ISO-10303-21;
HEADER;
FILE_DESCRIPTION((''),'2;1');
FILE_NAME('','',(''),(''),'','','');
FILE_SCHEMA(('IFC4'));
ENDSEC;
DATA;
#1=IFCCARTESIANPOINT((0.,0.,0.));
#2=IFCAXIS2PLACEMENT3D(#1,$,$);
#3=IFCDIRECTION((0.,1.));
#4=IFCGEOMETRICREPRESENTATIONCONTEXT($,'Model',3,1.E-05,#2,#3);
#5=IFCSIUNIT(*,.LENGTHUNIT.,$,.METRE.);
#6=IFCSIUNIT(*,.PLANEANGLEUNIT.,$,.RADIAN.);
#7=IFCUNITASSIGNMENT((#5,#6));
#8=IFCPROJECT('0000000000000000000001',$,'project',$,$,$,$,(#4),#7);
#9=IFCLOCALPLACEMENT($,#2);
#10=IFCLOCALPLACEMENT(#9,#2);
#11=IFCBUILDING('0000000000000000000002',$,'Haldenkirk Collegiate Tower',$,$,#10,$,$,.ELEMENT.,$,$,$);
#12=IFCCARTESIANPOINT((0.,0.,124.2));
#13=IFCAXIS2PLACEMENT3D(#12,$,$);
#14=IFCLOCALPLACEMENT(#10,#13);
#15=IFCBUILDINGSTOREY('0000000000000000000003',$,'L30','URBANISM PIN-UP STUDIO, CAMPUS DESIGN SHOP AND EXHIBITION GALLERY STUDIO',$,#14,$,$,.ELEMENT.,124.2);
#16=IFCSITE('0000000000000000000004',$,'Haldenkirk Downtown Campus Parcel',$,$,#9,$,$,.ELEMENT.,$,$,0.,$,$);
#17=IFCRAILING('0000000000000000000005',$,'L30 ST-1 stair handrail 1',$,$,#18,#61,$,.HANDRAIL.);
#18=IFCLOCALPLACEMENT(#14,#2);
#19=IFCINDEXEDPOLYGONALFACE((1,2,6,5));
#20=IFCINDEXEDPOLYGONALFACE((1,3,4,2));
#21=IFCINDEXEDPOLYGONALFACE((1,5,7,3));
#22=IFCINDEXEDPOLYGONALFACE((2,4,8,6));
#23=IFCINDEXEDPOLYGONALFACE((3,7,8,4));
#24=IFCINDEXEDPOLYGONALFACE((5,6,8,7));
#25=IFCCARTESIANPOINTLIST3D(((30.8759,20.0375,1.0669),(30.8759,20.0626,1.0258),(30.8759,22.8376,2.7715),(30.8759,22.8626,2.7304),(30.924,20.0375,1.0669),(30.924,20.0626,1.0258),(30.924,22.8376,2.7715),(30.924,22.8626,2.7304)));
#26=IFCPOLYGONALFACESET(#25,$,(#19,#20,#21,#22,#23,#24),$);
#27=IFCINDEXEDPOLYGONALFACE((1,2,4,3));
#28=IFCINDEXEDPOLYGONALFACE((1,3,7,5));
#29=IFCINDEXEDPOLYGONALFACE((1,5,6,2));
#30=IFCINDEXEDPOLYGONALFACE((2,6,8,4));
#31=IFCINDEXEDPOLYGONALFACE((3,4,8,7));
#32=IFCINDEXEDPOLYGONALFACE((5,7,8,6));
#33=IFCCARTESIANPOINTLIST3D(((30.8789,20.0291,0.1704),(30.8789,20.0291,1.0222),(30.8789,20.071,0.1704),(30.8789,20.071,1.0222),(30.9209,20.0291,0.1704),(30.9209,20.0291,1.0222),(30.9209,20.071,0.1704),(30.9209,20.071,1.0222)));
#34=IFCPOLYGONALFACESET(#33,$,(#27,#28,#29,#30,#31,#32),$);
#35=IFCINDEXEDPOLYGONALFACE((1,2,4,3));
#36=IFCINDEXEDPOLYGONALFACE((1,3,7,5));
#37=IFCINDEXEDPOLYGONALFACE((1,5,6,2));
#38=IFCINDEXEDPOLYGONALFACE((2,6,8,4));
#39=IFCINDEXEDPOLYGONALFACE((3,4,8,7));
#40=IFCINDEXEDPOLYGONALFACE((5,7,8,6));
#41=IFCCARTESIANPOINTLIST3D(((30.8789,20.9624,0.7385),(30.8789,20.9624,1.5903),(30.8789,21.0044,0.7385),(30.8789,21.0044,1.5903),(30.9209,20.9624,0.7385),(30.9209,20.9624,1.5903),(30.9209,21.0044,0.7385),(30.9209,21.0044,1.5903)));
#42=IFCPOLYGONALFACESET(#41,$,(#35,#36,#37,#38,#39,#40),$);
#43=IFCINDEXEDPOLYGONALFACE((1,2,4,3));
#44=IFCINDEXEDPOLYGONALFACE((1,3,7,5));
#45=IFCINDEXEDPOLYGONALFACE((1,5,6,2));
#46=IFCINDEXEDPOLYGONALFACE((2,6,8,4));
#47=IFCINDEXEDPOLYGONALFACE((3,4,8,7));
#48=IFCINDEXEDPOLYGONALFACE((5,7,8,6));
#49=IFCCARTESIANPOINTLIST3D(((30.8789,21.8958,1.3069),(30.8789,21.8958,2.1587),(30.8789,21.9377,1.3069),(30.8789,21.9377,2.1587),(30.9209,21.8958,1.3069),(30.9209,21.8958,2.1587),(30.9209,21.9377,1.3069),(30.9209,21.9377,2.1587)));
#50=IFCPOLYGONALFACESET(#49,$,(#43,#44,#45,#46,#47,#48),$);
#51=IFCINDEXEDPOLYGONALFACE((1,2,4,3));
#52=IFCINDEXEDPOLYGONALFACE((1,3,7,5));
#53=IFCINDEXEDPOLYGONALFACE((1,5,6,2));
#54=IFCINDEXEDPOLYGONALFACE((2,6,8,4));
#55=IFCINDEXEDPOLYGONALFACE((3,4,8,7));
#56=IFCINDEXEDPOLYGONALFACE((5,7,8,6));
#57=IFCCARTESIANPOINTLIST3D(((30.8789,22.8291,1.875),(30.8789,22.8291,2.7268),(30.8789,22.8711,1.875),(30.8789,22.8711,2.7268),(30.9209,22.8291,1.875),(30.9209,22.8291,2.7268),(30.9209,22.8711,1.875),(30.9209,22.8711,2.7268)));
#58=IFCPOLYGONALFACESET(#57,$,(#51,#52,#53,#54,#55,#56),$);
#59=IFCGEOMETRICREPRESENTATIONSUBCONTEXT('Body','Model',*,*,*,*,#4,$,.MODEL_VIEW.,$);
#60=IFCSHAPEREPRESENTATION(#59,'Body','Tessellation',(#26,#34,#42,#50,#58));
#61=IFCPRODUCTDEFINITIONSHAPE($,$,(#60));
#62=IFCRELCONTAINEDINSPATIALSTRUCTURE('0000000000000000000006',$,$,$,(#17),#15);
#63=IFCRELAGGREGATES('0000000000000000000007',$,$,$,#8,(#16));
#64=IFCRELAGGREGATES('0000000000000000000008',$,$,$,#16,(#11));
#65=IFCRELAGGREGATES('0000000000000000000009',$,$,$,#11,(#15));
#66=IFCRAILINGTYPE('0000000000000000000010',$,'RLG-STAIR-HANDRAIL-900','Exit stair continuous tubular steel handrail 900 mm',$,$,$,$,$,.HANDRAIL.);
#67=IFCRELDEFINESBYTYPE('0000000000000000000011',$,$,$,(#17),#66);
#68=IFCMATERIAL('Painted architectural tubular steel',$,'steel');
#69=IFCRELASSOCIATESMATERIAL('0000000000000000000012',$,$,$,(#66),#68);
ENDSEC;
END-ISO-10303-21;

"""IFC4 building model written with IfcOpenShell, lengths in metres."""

from ifc_helpers import new_model, si_unit, direction, frame, origin, origin_2d, place, context, subcontext, project, spatial, rectangle, extrude, material, type_object, element, save


model = new_model("IFC4")

# Units and contexts
model_context = context("Model", 3, precision=1e-05, world=origin(), true_north=direction((0.0, 1.0)))
body_context = subcontext(model_context, "Body", "Model", "MODEL_VIEW")
ifc_project = project(units=[si_unit("LENGTHUNIT", "METRE"), si_unit("PLANEANGLEUNIT", "RADIAN")], contexts=[model_context])

# Site, building, storey
site_placement = place(None, origin())
site = spatial("IfcSite", under=ifc_project, at=site_placement, Name="Haldenkirk Downtown Campus Parcel", CompositionType="ELEMENT", RefElevation=0.0)
building_placement = place(site_placement, origin())
building = spatial("IfcBuilding", under=site, at=building_placement, Name="Haldenkirk Collegiate Tower", CompositionType="ELEMENT")
storey_placement = place(building_placement, frame((0.0, 0.0, 124.2)))
storey = spatial("IfcBuildingStorey", under=building, at=storey_placement, Name="L30", Description="URBANISM PIN-UP STUDIO, CAMPUS DESIGN SHOP AND EXHIBITION GALLERY STUDIO", CompositionType="ELEMENT", Elevation=124.2)

# Railing
ifc_material_1 = material(Name="Painted architectural tubular steel", Category="steel")
railing_type_1 = type_object("IfcRailingType", Name="RLG-STAIR-HANDRAIL-900", Description="Exit stair continuous tubular steel handrail 900 mm", PredefinedType="HANDRAIL", material=ifc_material_1)
railing_1_placement = place(storey_placement, frame((30.8999, 20.05, 0.1704)))
element("IfcRailing", 1, at=railing_1_placement, inside=storey, type_object=railing_type_1, Name="L30 ST-1 stair handrail 1", PredefinedType="HANDRAIL", context=body_context, shape_type="SweptSolid", body=[
    extrude(rectangle(XDim=0.0481, YDim=0.0481, at=origin_2d()), frame((0.0, 0.0, 0.876), z_axis=(0.0, 0.85417, 0.519994), x_axis=(-1.0, 0.0, 0.0)), (0.0, 0.0, 1.0), 3.2781),
    extrude(rectangle(XDim=0.042, YDim=0.042, at=origin_2d()), origin(), (0.0, 0.0, 1.0), 0.8518),
    extrude(rectangle(XDim=0.042, YDim=0.042, at=origin_2d()), frame((0.0, 0.9333, 0.5681)), (0.0, 0.0, 1.0), 0.8518),
    extrude(rectangle(XDim=0.042, YDim=0.042, at=origin_2d()), frame((0.0, 1.8667, 1.1365)), (0.0, 0.0, 1.0), 0.8518),
    extrude(rectangle(XDim=0.042, YDim=0.042, at=origin_2d()), frame((0.0, 2.8, 1.7046)), (0.0, 0.0, 1.0), 0.8518),
])

save(model, "model.ifc")
